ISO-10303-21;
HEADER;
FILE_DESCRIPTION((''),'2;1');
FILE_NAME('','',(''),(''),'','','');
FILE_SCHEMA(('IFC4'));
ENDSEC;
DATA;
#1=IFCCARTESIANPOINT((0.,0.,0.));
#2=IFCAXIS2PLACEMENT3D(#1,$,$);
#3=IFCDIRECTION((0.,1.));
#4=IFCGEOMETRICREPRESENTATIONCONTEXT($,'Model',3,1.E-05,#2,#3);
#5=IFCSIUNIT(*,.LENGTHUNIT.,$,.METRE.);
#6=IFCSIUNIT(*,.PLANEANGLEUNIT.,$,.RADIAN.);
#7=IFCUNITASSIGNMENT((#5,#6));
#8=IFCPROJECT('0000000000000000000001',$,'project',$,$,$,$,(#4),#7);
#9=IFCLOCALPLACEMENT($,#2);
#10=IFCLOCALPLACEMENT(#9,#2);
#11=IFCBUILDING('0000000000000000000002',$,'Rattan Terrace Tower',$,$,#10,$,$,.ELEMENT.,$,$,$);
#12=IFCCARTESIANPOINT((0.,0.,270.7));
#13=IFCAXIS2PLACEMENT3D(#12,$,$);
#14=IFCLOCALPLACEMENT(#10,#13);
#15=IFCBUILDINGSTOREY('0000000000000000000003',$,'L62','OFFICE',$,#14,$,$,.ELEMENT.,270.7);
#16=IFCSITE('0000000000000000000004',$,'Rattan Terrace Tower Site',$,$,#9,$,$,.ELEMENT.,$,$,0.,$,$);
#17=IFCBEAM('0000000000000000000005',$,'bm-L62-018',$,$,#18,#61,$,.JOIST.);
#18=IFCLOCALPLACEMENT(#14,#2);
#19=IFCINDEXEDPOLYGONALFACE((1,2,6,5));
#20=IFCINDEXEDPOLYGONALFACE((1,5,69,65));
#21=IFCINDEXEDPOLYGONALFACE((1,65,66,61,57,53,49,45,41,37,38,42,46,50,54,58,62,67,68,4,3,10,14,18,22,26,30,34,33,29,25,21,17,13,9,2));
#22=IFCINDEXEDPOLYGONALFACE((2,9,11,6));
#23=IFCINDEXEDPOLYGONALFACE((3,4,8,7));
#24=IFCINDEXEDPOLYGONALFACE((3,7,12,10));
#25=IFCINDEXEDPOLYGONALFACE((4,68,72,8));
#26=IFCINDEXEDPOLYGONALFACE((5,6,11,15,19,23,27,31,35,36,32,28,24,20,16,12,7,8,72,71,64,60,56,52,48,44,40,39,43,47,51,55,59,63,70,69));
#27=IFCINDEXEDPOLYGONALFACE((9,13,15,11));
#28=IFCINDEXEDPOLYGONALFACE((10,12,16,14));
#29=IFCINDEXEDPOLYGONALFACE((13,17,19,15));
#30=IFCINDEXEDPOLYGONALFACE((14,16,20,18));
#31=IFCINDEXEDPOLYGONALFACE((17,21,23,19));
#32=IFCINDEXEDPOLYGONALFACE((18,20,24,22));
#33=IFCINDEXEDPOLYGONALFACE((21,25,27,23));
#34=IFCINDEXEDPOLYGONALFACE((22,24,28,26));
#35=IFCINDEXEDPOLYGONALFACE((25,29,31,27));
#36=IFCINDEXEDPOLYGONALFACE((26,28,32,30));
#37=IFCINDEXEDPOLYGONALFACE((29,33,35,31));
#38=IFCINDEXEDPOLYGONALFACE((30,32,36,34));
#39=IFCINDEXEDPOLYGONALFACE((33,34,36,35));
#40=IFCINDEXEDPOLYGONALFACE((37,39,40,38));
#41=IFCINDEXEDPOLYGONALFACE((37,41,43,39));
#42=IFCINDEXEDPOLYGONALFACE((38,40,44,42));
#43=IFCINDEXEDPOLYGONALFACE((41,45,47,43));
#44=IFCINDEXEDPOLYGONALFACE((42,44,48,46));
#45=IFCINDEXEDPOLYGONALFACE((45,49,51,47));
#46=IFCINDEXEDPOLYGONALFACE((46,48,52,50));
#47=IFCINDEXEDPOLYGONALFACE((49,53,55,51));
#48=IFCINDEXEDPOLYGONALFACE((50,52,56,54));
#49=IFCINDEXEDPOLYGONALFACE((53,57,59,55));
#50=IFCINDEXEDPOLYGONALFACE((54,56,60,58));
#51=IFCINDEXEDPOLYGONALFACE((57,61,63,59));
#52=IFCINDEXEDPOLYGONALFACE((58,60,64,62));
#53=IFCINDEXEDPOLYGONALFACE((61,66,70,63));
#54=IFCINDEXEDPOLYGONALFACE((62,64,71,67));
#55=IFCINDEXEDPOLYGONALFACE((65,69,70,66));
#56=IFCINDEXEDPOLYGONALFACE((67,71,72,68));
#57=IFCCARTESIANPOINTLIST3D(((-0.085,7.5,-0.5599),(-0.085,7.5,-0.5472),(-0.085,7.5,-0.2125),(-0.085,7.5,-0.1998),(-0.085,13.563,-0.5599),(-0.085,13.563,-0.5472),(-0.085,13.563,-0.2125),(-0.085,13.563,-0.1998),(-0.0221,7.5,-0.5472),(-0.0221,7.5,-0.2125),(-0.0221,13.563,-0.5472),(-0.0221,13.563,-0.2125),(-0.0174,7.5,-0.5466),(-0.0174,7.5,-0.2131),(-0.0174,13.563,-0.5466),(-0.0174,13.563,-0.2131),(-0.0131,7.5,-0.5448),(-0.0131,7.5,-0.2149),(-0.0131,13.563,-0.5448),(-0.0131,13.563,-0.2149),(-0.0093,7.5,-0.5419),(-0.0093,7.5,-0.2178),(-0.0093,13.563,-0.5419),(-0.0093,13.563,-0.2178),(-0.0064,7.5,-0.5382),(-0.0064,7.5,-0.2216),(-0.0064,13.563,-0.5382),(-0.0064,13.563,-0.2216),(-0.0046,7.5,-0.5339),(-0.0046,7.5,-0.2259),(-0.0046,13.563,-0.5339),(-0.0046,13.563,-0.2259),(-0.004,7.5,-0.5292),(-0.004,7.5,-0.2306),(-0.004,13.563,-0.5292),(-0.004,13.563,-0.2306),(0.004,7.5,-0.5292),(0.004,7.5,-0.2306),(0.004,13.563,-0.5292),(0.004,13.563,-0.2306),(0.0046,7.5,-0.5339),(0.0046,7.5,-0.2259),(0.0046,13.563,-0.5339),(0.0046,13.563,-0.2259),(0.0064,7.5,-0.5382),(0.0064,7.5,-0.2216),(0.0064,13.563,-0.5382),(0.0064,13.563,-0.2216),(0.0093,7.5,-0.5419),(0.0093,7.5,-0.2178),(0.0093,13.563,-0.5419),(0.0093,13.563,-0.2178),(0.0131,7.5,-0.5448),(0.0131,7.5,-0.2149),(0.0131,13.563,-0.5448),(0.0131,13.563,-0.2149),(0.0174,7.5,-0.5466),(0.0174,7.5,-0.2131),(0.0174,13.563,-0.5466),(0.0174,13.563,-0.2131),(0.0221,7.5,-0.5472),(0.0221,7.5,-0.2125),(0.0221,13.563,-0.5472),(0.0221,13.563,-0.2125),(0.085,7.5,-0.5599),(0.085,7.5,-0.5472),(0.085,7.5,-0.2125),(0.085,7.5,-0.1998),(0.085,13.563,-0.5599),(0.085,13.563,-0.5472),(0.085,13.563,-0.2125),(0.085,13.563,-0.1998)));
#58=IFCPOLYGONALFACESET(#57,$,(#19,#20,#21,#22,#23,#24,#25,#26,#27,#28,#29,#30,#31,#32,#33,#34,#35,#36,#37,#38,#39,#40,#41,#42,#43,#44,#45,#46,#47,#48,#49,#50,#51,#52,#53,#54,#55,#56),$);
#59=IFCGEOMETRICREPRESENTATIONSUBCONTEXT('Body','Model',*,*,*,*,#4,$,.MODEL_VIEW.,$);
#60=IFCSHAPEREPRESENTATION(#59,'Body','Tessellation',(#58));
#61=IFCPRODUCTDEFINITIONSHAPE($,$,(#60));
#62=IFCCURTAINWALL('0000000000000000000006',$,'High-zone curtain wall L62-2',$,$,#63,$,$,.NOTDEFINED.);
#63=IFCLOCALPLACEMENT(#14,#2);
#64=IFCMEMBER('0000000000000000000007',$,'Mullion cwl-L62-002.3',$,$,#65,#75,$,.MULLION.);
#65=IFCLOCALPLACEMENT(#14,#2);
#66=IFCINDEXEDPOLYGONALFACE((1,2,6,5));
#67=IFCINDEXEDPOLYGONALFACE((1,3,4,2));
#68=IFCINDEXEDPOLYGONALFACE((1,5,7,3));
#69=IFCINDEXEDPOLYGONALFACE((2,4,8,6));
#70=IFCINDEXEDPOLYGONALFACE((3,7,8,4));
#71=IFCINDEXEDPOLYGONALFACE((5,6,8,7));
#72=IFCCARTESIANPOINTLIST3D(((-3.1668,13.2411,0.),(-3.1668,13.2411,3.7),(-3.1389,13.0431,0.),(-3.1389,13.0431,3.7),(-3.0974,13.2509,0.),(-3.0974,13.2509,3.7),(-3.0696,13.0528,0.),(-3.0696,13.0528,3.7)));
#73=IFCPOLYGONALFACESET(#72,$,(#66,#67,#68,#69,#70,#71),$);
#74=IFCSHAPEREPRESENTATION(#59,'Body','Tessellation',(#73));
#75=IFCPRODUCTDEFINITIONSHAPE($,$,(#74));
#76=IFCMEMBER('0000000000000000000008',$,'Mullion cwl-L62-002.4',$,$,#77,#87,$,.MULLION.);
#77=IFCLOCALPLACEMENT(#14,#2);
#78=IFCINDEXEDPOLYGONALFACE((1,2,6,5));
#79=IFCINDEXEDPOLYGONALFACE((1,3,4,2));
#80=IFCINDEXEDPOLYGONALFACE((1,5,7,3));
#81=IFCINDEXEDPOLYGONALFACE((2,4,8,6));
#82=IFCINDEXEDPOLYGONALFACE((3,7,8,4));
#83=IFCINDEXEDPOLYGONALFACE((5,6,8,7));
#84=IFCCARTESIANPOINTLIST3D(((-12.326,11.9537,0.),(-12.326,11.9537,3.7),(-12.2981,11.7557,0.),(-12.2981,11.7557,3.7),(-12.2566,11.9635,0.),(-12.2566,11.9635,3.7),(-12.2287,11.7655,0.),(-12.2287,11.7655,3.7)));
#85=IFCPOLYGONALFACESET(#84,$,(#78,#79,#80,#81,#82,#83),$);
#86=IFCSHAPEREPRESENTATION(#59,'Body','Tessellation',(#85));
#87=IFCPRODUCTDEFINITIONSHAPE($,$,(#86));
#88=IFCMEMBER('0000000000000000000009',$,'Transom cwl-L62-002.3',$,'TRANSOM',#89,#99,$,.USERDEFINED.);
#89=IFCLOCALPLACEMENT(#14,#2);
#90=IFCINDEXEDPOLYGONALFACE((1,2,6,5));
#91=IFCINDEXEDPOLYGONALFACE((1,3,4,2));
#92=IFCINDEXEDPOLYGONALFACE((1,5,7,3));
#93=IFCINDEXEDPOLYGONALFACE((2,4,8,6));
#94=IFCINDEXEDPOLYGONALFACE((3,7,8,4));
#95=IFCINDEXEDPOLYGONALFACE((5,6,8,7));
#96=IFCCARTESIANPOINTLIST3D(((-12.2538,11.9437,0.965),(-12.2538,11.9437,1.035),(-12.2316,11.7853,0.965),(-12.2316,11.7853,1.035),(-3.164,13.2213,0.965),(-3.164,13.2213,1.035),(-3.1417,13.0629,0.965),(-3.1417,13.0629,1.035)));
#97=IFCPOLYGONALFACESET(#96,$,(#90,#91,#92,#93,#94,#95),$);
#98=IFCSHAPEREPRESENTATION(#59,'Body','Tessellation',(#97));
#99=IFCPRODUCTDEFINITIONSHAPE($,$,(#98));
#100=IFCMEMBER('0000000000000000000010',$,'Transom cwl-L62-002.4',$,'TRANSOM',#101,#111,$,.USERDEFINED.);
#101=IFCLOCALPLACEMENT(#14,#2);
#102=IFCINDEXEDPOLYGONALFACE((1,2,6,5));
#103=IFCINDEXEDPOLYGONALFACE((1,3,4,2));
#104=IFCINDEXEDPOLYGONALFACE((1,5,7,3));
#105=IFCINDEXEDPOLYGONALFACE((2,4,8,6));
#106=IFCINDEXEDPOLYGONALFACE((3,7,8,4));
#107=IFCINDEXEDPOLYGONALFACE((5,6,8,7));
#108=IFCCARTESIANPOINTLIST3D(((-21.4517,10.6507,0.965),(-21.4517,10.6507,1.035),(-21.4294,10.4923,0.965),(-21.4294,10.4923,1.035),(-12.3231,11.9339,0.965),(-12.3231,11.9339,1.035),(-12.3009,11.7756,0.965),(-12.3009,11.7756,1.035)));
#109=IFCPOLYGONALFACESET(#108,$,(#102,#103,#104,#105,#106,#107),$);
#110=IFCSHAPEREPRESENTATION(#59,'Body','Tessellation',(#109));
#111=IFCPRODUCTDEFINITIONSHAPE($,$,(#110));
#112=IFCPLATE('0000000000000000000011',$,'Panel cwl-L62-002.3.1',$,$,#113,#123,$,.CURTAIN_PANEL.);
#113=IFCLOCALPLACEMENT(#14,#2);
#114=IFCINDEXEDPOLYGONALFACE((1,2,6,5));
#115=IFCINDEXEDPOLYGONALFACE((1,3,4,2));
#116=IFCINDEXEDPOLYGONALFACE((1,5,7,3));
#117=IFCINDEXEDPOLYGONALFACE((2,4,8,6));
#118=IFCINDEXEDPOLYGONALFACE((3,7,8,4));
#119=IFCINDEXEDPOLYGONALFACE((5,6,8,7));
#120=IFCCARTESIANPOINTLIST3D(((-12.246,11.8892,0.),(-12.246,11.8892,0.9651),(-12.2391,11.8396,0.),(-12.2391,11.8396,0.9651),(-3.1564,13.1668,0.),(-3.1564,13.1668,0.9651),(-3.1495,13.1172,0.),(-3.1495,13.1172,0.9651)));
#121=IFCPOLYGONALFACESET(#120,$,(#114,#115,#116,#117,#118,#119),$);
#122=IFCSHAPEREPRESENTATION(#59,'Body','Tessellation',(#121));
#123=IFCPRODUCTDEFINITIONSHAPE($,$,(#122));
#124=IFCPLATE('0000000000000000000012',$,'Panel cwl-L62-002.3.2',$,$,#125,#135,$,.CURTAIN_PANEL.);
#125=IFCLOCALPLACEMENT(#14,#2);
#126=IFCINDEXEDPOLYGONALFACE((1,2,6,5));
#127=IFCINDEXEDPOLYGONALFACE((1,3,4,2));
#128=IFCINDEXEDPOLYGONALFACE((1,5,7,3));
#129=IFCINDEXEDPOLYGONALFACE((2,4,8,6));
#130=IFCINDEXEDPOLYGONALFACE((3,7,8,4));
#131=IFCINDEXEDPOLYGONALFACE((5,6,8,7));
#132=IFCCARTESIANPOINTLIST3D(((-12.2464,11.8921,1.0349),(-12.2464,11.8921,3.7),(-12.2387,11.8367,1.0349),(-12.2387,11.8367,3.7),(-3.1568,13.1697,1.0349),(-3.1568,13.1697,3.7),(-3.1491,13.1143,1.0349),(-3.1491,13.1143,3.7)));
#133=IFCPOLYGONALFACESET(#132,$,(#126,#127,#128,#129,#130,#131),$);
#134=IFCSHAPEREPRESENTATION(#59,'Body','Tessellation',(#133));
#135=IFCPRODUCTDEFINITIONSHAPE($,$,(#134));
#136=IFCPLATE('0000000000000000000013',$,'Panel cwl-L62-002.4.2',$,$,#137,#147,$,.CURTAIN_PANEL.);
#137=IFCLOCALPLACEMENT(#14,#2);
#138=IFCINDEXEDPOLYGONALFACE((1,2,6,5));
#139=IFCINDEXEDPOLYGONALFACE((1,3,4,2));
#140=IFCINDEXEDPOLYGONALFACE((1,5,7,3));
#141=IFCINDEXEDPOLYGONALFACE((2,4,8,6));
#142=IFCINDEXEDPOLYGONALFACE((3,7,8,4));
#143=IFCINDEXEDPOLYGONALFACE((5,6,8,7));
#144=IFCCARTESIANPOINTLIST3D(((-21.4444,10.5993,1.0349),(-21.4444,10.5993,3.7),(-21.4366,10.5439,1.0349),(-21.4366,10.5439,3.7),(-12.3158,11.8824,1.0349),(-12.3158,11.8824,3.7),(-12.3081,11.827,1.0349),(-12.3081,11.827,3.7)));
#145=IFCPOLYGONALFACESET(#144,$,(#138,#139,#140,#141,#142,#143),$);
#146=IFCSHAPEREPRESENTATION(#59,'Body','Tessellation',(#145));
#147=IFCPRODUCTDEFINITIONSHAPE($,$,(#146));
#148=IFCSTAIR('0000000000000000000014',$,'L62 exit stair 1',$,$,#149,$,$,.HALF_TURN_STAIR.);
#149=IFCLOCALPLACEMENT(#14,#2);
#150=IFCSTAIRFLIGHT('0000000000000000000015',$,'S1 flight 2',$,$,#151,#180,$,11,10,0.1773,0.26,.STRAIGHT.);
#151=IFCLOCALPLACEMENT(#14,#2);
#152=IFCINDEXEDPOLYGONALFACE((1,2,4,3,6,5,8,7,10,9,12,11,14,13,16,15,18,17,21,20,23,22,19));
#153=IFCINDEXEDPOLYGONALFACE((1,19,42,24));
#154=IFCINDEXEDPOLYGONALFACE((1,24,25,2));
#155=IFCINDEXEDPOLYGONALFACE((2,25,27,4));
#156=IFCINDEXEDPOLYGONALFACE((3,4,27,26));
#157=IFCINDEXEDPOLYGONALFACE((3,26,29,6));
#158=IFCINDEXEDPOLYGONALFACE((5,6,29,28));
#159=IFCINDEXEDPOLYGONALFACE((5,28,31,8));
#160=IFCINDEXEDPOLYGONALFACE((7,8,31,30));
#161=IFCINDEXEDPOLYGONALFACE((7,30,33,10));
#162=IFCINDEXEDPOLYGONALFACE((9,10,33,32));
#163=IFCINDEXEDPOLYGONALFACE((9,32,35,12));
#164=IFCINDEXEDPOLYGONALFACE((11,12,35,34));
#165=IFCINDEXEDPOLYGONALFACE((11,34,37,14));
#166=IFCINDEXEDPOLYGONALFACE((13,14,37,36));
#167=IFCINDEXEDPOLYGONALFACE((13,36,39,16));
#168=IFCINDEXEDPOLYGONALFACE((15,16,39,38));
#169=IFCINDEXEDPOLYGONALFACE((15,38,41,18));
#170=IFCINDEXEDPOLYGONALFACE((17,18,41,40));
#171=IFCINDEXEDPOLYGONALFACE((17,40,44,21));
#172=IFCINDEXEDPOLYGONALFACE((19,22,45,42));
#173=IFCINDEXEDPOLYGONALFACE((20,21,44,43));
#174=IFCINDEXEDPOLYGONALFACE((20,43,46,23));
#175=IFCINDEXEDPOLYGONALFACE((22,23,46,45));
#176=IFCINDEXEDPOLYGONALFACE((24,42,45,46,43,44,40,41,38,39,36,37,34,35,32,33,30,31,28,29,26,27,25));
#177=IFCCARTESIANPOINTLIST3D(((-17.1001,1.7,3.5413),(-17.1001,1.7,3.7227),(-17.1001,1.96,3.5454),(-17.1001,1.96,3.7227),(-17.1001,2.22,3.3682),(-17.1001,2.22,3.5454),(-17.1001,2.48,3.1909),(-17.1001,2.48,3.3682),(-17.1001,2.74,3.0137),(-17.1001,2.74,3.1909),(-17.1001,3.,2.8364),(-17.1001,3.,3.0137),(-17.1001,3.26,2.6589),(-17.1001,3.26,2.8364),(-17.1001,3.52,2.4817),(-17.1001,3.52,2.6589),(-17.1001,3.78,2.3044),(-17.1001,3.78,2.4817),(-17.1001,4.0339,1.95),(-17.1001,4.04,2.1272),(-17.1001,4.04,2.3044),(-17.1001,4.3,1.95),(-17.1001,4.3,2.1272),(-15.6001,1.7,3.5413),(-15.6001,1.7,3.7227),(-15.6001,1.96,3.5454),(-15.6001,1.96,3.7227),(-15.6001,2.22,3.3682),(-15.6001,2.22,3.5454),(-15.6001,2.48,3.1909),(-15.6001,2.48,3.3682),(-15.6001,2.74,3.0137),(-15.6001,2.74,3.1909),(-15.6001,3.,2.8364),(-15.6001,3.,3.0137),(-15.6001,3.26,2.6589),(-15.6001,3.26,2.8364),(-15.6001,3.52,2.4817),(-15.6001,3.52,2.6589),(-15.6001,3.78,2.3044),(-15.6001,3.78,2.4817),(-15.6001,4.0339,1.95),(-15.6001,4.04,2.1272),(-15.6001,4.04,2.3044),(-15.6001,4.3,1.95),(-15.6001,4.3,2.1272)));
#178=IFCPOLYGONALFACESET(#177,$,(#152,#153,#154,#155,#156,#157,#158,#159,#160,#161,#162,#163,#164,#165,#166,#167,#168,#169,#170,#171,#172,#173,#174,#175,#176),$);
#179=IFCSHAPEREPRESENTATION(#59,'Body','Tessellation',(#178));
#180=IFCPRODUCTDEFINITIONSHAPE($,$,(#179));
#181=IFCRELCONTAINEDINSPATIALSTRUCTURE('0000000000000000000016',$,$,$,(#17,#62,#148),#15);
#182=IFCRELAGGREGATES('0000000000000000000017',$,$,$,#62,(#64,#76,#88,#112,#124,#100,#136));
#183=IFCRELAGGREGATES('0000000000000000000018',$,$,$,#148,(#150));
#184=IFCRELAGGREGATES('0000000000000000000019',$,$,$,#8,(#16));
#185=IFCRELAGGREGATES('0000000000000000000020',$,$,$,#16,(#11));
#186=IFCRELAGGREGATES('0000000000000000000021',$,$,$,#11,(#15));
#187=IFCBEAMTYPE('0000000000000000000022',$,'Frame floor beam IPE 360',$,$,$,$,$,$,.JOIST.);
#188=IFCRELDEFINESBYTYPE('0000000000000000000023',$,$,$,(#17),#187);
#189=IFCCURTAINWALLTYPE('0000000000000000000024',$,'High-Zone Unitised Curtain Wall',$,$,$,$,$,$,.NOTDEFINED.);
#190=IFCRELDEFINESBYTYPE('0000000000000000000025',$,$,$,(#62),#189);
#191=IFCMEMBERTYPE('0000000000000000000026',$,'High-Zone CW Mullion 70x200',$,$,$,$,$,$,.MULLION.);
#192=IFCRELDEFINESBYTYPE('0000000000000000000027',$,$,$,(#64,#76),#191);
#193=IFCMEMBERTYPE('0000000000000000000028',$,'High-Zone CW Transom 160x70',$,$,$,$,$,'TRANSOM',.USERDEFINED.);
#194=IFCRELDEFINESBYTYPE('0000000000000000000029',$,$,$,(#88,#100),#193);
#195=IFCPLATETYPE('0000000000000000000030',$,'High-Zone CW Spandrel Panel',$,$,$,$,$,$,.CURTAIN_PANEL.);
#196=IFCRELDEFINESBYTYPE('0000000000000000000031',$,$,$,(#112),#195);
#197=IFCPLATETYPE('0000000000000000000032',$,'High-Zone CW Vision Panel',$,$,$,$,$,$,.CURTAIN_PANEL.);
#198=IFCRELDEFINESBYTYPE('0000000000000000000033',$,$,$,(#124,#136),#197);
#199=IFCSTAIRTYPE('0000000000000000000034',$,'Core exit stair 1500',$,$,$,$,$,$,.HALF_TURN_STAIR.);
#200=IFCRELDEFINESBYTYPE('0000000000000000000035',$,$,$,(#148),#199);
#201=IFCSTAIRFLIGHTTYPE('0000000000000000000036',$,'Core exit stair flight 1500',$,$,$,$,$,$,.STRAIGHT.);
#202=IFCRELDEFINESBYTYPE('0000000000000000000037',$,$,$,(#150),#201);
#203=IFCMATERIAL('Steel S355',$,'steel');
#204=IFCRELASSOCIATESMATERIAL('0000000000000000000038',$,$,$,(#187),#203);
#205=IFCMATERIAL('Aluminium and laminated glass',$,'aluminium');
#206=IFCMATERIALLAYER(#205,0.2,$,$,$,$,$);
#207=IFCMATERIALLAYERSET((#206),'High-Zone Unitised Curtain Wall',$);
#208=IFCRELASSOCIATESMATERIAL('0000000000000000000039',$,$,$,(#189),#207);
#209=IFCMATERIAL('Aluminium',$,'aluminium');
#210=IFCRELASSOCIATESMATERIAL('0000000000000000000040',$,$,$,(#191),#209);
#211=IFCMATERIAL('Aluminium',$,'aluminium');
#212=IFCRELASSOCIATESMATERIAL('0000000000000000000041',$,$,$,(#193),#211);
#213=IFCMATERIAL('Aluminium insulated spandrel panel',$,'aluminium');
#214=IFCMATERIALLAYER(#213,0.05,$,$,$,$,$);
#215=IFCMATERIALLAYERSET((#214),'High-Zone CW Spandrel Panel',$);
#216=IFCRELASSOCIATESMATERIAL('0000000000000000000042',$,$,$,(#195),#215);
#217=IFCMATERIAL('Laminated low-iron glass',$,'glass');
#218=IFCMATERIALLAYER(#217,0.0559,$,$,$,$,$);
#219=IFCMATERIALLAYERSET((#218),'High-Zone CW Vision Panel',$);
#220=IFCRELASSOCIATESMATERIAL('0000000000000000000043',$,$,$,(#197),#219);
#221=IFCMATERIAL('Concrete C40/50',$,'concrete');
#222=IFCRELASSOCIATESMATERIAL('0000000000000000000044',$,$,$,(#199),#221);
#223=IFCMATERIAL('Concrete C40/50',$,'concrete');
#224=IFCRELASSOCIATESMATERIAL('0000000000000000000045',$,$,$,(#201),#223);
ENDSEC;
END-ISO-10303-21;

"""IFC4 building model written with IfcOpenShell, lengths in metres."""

from ifc_helpers import new_model, si_unit, direction, frame, origin, origin_2d, place, context, subcontext, project, spatial, polyline, rectangle, i_section, outline, extrude, material, layer, layer_set, material_profile, profile_set, type_object, element, aggregate, save


model = new_model("IFC4")

# Units and contexts
model_context = context("Model", 3, precision=1e-05, world=origin(), true_north=direction((0.0, 1.0)))
body_context = subcontext(model_context, "Body", "Model", "MODEL_VIEW")
ifc_project = project(units=[si_unit("LENGTHUNIT", "METRE"), si_unit("PLANEANGLEUNIT", "RADIAN")], contexts=[model_context])

# Site, building, storey
site_placement = place(None, origin())
site = spatial("IfcSite", under=ifc_project, at=site_placement, Name="Rattan Terrace Tower Site", CompositionType="ELEMENT", RefElevation=0.0)
building_placement = place(site_placement, origin())
building = spatial("IfcBuilding", under=site, at=building_placement, Name="Rattan Terrace Tower", CompositionType="ELEMENT")
storey_placement = place(building_placement, frame((0.0, 0.0, 270.7)))
storey = spatial("IfcBuildingStorey", under=building, at=storey_placement, Name="L62", Description="OFFICE", CompositionType="ELEMENT", Elevation=270.7)

# Beam
ifc_material_1 = material(Name="Steel S355", Category="steel")
ifc_material_profile_1 = material_profile(ifc_material_1, i_section(OverallWidth=0.1699, OverallDepth=0.3601, WebThickness=0.0081, FlangeThickness=0.0127, FilletRadius=0.0181, at=origin_2d()), Name="IPE 360")
ifc_profile_set_1 = profile_set([ifc_material_profile_1], Name="Steel S355")
beam_type_1 = type_object("IfcBeamType", Name="Frame floor beam IPE 360", PredefinedType="JOIST", material=ifc_profile_set_1)
beam_1_placement = place(storey_placement, frame((0.0, 7.5, -0.3799), z_axis=(0.0, 1.0, 0.0), x_axis=(-1.0, 0.0, 0.0)))
element("IfcBeam", 1, at=beam_1_placement, inside=storey, type_object=beam_type_1, Name="bm-L62-018", PredefinedType="JOIST", context=body_context, shape_type="SweptSolid", body=[
    extrude(i_section(OverallWidth=0.1699, OverallDepth=0.3601, WebThickness=0.0081, FlangeThickness=0.0127, FilletRadius=0.0181, at=origin_2d()), origin(), (0.0, 0.0, 1.0), 6.063),
])

# Curtain wall, members, plates
ifc_material_2 = material(Name="Aluminium and laminated glass", Category="aluminium")
ifc_layer_1 = layer(ifc_material_2, 0.2)
ifc_layer_set_1 = layer_set([ifc_layer_1], Name="High-Zone Unitised Curtain Wall")
curtain_wall_type = type_object("IfcCurtainWallType", Name="High-Zone Unitised Curtain Wall", PredefinedType="NOTDEFINED", material=ifc_layer_set_1)
curtain_wall_placement = place(storey_placement, origin())
curtain_wall = element("IfcCurtainWall", 2, at=curtain_wall_placement, inside=storey, type_object=curtain_wall_type, Name="High-zone curtain wall L62-2", PredefinedType="NOTDEFINED")
ifc_material_3 = material(Name="Aluminium", Category="aluminium")
ifc_material_profile_2 = material_profile(ifc_material_3, rectangle(XDim=0.0701, YDim=0.2, at=origin_2d()), Name="Aluminium 70x200")
ifc_profile_set_2 = profile_set([ifc_material_profile_2], Name="Aluminium")
member_type_1 = type_object("IfcMemberType", Name="High-Zone CW Mullion 70x200", PredefinedType="MULLION", material=ifc_profile_set_2)
member_1_placement = place(storey_placement, frame((-3.1182, 13.147, 0.0), z_axis=(0.0, 0.0, 1.0), x_axis=(-0.990266, -0.139189, 0.0)))
member_1 = element("IfcMember", 3, at=member_1_placement, type_object=member_type_1, Name="Mullion cwl-L62-002.3", PredefinedType="MULLION", context=body_context, shape_type="SweptSolid", body=[
    extrude(rectangle(XDim=0.0701, YDim=0.2, at=origin_2d()), origin(), (0.0, 0.0, 1.0), 3.7),
])
member_2_placement = place(storey_placement, frame((-12.2773, 11.8596, 0.0), z_axis=(0.0, 0.0, 1.0), x_axis=(-0.990266, -0.139189, 0.0)))
member_2 = element("IfcMember", 4, at=member_2_placement, type_object=member_type_1, Name="Mullion cwl-L62-002.4", PredefinedType="MULLION", context=body_context, shape_type="SweptSolid", body=[
    extrude(rectangle(XDim=0.0701, YDim=0.2, at=origin_2d()), origin(), (0.0, 0.0, 1.0), 3.7),
])
ifc_material_4 = material(Name="Aluminium", Category="aluminium")
ifc_material_profile_3 = material_profile(ifc_material_4, rectangle(XDim=0.1599, YDim=0.0701, at=origin_2d()), Name="Aluminium 160x70")
ifc_profile_set_3 = profile_set([ifc_material_profile_3], Name="Aluminium")
member_type_2 = type_object("IfcMemberType", Name="High-Zone CW Transom 160x70", ElementType="TRANSOM", PredefinedType="USERDEFINED", material=ifc_profile_set_3)
member_3_placement = place(storey_placement, frame((-3.1528, 13.1421, 1.0), z_axis=(-0.990267, -0.139183, 0.0), x_axis=(0.139183, -0.990267, 0.0)))
member_3 = element("IfcMember", 5, at=member_3_placement, type_object=member_type_2, Name="Transom cwl-L62-002.3", ObjectType="TRANSOM", PredefinedType="USERDEFINED", context=body_context, shape_type="SweptSolid", body=[
    extrude(rectangle(XDim=0.1599, YDim=0.0701, at=origin_2d()), origin(), (0.0, 0.0, 1.0), 9.1792),
])
member_4_placement = place(storey_placement, frame((-12.312, 11.8547, 1.0), z_axis=(-0.990264, -0.139204, 0.0), x_axis=(0.139204, -0.990264, 0.0)))
member_4 = element("IfcMember", 6, at=member_4_placement, type_object=member_type_2, Name="Transom cwl-L62-002.4", ObjectType="TRANSOM", PredefinedType="USERDEFINED", context=body_context, shape_type="SweptSolid", body=[
    extrude(rectangle(XDim=0.1599, YDim=0.0701, at=origin_2d()), origin(), (0.0, 0.0, 1.0), 9.2183),
])
ifc_material_5 = material(Name="Aluminium insulated spandrel panel", Category="aluminium")
ifc_layer_2 = layer(ifc_material_5, 0.05)
ifc_layer_set_2 = layer_set([ifc_layer_2], Name="High-Zone CW Spandrel Panel")
plate_type_1 = type_object("IfcPlateType", Name="High-Zone CW Spandrel Panel", PredefinedType="CURTAIN_PANEL", material=ifc_layer_set_2)
plate_1_placement = place(storey_placement, frame((-7.6978, 12.5032, 0.0), z_axis=(0.0, 0.0, 1.0), x_axis=(-0.990266, -0.139189, 0.0)))
plate_1 = element("IfcPlate", 7, at=plate_1_placement, type_object=plate_type_1, Name="Panel cwl-L62-002.3.1", PredefinedType="CURTAIN_PANEL", context=body_context, shape_type="SweptSolid", body=[
    extrude(rectangle(XDim=9.179, YDim=0.05, at=origin_2d()), origin(), (0.0, 0.0, 1.0), 0.9651),
])
ifc_material_6 = material(Name="Laminated low-iron glass", Category="glass")
ifc_layer_3 = layer(ifc_material_6, 0.0559)
ifc_layer_set_3 = layer_set([ifc_layer_3], Name="High-Zone CW Vision Panel")
plate_type_2 = type_object("IfcPlateType", Name="High-Zone CW Vision Panel", PredefinedType="CURTAIN_PANEL", material=ifc_layer_set_3)
plate_2_placement = place(storey_placement, frame((-7.6978, 12.5032, 1.0349), z_axis=(0.0, 0.0, 1.0), x_axis=(-0.990266, -0.139189, 0.0)))
plate_2 = element("IfcPlate", 8, at=plate_2_placement, type_object=plate_type_2, Name="Panel cwl-L62-002.3.2", PredefinedType="CURTAIN_PANEL", context=body_context, shape_type="SweptSolid", body=[
    extrude(rectangle(XDim=9.179, YDim=0.0559, at=origin_2d()), origin(), (0.0, 0.0, 1.0), 2.665),
])
plate_3_placement = place(storey_placement, frame((-16.8762, 11.2131, 1.0349), z_axis=(0.0, 0.0, 1.0), x_axis=(-0.990266, -0.139189, 0.0)))
plate_3 = element("IfcPlate", 9, at=plate_3_placement, type_object=plate_type_2, Name="Panel cwl-L62-002.4.2", PredefinedType="CURTAIN_PANEL", context=body_context, shape_type="SweptSolid", body=[
    extrude(rectangle(XDim=9.2183, YDim=0.0559, at=origin_2d()), origin(), (0.0, 0.0, 1.0), 2.665),
])
aggregate(curtain_wall, [member_1, member_2, member_3, plate_1, plate_2, member_4, plate_3])

# Stair, stair flight
ifc_material_7 = material(Name="Concrete C40/50", Category="concrete")
stair_type = type_object("IfcStairType", Name="Core exit stair 1500", PredefinedType="HALF_TURN_STAIR", material=ifc_material_7)
stair_placement = place(storey_placement, origin())
stair = element("IfcStair", 10, at=stair_placement, inside=storey, type_object=stair_type, Name="L62 exit stair 1", PredefinedType="HALF_TURN_STAIR")
ifc_material_8 = material(Name="Concrete C40/50", Category="concrete")
stair_flight_type = type_object("IfcStairFlightType", Name="Core exit stair flight 1500", PredefinedType="STRAIGHT", material=ifc_material_8)
stair_flight_placement = place(storey_placement, frame((-16.3501, 4.3, 1.95), z_axis=(0.0, 0.0, 1.0), x_axis=(0.0, -1.0, 0.0)))
stair_flight = element("IfcStairFlight", 11, at=stair_flight_placement, type_object=stair_flight_type, Name="S1 flight 2", NumberOfRisers=11, NumberOfTreads=10, PredefinedType="STRAIGHT", RiserHeight=0.1773, TreadLength=0.26, context=body_context, shape_type="SweptSolid", body=[
    extrude(outline(polyline([(0.0, 0.0), (0.0, 0.1772), (0.26, 0.1772), (0.26, 0.3545), (0.52, 0.3545), (0.52, 0.5317), (0.78, 0.5317), (0.78, 0.709), (1.04, 0.709), (1.04, 0.8865), (1.3, 0.8865), (1.3, 1.0637), (1.5601, 1.0637), (1.5601, 1.241), (1.8201, 1.241), (1.8201, 1.4182), (2.0801, 1.4182), (2.0801, 1.5955), (2.3401, 1.5955), (2.3401, 1.7727), (2.6001, 1.7727), (2.6001, 1.95), (2.6001, 1.5913), (0.2661, 0.0), (0.0, 0.0)])), frame((0.0, 0.75, 0.0), z_axis=(0.0, -1.0, 0.0), x_axis=(1.0, 0.0, 0.0)), (0.0, 0.0, 1.0), 1.5),
])
aggregate(stair, [stair_flight])

save(model, "model.ifc")
